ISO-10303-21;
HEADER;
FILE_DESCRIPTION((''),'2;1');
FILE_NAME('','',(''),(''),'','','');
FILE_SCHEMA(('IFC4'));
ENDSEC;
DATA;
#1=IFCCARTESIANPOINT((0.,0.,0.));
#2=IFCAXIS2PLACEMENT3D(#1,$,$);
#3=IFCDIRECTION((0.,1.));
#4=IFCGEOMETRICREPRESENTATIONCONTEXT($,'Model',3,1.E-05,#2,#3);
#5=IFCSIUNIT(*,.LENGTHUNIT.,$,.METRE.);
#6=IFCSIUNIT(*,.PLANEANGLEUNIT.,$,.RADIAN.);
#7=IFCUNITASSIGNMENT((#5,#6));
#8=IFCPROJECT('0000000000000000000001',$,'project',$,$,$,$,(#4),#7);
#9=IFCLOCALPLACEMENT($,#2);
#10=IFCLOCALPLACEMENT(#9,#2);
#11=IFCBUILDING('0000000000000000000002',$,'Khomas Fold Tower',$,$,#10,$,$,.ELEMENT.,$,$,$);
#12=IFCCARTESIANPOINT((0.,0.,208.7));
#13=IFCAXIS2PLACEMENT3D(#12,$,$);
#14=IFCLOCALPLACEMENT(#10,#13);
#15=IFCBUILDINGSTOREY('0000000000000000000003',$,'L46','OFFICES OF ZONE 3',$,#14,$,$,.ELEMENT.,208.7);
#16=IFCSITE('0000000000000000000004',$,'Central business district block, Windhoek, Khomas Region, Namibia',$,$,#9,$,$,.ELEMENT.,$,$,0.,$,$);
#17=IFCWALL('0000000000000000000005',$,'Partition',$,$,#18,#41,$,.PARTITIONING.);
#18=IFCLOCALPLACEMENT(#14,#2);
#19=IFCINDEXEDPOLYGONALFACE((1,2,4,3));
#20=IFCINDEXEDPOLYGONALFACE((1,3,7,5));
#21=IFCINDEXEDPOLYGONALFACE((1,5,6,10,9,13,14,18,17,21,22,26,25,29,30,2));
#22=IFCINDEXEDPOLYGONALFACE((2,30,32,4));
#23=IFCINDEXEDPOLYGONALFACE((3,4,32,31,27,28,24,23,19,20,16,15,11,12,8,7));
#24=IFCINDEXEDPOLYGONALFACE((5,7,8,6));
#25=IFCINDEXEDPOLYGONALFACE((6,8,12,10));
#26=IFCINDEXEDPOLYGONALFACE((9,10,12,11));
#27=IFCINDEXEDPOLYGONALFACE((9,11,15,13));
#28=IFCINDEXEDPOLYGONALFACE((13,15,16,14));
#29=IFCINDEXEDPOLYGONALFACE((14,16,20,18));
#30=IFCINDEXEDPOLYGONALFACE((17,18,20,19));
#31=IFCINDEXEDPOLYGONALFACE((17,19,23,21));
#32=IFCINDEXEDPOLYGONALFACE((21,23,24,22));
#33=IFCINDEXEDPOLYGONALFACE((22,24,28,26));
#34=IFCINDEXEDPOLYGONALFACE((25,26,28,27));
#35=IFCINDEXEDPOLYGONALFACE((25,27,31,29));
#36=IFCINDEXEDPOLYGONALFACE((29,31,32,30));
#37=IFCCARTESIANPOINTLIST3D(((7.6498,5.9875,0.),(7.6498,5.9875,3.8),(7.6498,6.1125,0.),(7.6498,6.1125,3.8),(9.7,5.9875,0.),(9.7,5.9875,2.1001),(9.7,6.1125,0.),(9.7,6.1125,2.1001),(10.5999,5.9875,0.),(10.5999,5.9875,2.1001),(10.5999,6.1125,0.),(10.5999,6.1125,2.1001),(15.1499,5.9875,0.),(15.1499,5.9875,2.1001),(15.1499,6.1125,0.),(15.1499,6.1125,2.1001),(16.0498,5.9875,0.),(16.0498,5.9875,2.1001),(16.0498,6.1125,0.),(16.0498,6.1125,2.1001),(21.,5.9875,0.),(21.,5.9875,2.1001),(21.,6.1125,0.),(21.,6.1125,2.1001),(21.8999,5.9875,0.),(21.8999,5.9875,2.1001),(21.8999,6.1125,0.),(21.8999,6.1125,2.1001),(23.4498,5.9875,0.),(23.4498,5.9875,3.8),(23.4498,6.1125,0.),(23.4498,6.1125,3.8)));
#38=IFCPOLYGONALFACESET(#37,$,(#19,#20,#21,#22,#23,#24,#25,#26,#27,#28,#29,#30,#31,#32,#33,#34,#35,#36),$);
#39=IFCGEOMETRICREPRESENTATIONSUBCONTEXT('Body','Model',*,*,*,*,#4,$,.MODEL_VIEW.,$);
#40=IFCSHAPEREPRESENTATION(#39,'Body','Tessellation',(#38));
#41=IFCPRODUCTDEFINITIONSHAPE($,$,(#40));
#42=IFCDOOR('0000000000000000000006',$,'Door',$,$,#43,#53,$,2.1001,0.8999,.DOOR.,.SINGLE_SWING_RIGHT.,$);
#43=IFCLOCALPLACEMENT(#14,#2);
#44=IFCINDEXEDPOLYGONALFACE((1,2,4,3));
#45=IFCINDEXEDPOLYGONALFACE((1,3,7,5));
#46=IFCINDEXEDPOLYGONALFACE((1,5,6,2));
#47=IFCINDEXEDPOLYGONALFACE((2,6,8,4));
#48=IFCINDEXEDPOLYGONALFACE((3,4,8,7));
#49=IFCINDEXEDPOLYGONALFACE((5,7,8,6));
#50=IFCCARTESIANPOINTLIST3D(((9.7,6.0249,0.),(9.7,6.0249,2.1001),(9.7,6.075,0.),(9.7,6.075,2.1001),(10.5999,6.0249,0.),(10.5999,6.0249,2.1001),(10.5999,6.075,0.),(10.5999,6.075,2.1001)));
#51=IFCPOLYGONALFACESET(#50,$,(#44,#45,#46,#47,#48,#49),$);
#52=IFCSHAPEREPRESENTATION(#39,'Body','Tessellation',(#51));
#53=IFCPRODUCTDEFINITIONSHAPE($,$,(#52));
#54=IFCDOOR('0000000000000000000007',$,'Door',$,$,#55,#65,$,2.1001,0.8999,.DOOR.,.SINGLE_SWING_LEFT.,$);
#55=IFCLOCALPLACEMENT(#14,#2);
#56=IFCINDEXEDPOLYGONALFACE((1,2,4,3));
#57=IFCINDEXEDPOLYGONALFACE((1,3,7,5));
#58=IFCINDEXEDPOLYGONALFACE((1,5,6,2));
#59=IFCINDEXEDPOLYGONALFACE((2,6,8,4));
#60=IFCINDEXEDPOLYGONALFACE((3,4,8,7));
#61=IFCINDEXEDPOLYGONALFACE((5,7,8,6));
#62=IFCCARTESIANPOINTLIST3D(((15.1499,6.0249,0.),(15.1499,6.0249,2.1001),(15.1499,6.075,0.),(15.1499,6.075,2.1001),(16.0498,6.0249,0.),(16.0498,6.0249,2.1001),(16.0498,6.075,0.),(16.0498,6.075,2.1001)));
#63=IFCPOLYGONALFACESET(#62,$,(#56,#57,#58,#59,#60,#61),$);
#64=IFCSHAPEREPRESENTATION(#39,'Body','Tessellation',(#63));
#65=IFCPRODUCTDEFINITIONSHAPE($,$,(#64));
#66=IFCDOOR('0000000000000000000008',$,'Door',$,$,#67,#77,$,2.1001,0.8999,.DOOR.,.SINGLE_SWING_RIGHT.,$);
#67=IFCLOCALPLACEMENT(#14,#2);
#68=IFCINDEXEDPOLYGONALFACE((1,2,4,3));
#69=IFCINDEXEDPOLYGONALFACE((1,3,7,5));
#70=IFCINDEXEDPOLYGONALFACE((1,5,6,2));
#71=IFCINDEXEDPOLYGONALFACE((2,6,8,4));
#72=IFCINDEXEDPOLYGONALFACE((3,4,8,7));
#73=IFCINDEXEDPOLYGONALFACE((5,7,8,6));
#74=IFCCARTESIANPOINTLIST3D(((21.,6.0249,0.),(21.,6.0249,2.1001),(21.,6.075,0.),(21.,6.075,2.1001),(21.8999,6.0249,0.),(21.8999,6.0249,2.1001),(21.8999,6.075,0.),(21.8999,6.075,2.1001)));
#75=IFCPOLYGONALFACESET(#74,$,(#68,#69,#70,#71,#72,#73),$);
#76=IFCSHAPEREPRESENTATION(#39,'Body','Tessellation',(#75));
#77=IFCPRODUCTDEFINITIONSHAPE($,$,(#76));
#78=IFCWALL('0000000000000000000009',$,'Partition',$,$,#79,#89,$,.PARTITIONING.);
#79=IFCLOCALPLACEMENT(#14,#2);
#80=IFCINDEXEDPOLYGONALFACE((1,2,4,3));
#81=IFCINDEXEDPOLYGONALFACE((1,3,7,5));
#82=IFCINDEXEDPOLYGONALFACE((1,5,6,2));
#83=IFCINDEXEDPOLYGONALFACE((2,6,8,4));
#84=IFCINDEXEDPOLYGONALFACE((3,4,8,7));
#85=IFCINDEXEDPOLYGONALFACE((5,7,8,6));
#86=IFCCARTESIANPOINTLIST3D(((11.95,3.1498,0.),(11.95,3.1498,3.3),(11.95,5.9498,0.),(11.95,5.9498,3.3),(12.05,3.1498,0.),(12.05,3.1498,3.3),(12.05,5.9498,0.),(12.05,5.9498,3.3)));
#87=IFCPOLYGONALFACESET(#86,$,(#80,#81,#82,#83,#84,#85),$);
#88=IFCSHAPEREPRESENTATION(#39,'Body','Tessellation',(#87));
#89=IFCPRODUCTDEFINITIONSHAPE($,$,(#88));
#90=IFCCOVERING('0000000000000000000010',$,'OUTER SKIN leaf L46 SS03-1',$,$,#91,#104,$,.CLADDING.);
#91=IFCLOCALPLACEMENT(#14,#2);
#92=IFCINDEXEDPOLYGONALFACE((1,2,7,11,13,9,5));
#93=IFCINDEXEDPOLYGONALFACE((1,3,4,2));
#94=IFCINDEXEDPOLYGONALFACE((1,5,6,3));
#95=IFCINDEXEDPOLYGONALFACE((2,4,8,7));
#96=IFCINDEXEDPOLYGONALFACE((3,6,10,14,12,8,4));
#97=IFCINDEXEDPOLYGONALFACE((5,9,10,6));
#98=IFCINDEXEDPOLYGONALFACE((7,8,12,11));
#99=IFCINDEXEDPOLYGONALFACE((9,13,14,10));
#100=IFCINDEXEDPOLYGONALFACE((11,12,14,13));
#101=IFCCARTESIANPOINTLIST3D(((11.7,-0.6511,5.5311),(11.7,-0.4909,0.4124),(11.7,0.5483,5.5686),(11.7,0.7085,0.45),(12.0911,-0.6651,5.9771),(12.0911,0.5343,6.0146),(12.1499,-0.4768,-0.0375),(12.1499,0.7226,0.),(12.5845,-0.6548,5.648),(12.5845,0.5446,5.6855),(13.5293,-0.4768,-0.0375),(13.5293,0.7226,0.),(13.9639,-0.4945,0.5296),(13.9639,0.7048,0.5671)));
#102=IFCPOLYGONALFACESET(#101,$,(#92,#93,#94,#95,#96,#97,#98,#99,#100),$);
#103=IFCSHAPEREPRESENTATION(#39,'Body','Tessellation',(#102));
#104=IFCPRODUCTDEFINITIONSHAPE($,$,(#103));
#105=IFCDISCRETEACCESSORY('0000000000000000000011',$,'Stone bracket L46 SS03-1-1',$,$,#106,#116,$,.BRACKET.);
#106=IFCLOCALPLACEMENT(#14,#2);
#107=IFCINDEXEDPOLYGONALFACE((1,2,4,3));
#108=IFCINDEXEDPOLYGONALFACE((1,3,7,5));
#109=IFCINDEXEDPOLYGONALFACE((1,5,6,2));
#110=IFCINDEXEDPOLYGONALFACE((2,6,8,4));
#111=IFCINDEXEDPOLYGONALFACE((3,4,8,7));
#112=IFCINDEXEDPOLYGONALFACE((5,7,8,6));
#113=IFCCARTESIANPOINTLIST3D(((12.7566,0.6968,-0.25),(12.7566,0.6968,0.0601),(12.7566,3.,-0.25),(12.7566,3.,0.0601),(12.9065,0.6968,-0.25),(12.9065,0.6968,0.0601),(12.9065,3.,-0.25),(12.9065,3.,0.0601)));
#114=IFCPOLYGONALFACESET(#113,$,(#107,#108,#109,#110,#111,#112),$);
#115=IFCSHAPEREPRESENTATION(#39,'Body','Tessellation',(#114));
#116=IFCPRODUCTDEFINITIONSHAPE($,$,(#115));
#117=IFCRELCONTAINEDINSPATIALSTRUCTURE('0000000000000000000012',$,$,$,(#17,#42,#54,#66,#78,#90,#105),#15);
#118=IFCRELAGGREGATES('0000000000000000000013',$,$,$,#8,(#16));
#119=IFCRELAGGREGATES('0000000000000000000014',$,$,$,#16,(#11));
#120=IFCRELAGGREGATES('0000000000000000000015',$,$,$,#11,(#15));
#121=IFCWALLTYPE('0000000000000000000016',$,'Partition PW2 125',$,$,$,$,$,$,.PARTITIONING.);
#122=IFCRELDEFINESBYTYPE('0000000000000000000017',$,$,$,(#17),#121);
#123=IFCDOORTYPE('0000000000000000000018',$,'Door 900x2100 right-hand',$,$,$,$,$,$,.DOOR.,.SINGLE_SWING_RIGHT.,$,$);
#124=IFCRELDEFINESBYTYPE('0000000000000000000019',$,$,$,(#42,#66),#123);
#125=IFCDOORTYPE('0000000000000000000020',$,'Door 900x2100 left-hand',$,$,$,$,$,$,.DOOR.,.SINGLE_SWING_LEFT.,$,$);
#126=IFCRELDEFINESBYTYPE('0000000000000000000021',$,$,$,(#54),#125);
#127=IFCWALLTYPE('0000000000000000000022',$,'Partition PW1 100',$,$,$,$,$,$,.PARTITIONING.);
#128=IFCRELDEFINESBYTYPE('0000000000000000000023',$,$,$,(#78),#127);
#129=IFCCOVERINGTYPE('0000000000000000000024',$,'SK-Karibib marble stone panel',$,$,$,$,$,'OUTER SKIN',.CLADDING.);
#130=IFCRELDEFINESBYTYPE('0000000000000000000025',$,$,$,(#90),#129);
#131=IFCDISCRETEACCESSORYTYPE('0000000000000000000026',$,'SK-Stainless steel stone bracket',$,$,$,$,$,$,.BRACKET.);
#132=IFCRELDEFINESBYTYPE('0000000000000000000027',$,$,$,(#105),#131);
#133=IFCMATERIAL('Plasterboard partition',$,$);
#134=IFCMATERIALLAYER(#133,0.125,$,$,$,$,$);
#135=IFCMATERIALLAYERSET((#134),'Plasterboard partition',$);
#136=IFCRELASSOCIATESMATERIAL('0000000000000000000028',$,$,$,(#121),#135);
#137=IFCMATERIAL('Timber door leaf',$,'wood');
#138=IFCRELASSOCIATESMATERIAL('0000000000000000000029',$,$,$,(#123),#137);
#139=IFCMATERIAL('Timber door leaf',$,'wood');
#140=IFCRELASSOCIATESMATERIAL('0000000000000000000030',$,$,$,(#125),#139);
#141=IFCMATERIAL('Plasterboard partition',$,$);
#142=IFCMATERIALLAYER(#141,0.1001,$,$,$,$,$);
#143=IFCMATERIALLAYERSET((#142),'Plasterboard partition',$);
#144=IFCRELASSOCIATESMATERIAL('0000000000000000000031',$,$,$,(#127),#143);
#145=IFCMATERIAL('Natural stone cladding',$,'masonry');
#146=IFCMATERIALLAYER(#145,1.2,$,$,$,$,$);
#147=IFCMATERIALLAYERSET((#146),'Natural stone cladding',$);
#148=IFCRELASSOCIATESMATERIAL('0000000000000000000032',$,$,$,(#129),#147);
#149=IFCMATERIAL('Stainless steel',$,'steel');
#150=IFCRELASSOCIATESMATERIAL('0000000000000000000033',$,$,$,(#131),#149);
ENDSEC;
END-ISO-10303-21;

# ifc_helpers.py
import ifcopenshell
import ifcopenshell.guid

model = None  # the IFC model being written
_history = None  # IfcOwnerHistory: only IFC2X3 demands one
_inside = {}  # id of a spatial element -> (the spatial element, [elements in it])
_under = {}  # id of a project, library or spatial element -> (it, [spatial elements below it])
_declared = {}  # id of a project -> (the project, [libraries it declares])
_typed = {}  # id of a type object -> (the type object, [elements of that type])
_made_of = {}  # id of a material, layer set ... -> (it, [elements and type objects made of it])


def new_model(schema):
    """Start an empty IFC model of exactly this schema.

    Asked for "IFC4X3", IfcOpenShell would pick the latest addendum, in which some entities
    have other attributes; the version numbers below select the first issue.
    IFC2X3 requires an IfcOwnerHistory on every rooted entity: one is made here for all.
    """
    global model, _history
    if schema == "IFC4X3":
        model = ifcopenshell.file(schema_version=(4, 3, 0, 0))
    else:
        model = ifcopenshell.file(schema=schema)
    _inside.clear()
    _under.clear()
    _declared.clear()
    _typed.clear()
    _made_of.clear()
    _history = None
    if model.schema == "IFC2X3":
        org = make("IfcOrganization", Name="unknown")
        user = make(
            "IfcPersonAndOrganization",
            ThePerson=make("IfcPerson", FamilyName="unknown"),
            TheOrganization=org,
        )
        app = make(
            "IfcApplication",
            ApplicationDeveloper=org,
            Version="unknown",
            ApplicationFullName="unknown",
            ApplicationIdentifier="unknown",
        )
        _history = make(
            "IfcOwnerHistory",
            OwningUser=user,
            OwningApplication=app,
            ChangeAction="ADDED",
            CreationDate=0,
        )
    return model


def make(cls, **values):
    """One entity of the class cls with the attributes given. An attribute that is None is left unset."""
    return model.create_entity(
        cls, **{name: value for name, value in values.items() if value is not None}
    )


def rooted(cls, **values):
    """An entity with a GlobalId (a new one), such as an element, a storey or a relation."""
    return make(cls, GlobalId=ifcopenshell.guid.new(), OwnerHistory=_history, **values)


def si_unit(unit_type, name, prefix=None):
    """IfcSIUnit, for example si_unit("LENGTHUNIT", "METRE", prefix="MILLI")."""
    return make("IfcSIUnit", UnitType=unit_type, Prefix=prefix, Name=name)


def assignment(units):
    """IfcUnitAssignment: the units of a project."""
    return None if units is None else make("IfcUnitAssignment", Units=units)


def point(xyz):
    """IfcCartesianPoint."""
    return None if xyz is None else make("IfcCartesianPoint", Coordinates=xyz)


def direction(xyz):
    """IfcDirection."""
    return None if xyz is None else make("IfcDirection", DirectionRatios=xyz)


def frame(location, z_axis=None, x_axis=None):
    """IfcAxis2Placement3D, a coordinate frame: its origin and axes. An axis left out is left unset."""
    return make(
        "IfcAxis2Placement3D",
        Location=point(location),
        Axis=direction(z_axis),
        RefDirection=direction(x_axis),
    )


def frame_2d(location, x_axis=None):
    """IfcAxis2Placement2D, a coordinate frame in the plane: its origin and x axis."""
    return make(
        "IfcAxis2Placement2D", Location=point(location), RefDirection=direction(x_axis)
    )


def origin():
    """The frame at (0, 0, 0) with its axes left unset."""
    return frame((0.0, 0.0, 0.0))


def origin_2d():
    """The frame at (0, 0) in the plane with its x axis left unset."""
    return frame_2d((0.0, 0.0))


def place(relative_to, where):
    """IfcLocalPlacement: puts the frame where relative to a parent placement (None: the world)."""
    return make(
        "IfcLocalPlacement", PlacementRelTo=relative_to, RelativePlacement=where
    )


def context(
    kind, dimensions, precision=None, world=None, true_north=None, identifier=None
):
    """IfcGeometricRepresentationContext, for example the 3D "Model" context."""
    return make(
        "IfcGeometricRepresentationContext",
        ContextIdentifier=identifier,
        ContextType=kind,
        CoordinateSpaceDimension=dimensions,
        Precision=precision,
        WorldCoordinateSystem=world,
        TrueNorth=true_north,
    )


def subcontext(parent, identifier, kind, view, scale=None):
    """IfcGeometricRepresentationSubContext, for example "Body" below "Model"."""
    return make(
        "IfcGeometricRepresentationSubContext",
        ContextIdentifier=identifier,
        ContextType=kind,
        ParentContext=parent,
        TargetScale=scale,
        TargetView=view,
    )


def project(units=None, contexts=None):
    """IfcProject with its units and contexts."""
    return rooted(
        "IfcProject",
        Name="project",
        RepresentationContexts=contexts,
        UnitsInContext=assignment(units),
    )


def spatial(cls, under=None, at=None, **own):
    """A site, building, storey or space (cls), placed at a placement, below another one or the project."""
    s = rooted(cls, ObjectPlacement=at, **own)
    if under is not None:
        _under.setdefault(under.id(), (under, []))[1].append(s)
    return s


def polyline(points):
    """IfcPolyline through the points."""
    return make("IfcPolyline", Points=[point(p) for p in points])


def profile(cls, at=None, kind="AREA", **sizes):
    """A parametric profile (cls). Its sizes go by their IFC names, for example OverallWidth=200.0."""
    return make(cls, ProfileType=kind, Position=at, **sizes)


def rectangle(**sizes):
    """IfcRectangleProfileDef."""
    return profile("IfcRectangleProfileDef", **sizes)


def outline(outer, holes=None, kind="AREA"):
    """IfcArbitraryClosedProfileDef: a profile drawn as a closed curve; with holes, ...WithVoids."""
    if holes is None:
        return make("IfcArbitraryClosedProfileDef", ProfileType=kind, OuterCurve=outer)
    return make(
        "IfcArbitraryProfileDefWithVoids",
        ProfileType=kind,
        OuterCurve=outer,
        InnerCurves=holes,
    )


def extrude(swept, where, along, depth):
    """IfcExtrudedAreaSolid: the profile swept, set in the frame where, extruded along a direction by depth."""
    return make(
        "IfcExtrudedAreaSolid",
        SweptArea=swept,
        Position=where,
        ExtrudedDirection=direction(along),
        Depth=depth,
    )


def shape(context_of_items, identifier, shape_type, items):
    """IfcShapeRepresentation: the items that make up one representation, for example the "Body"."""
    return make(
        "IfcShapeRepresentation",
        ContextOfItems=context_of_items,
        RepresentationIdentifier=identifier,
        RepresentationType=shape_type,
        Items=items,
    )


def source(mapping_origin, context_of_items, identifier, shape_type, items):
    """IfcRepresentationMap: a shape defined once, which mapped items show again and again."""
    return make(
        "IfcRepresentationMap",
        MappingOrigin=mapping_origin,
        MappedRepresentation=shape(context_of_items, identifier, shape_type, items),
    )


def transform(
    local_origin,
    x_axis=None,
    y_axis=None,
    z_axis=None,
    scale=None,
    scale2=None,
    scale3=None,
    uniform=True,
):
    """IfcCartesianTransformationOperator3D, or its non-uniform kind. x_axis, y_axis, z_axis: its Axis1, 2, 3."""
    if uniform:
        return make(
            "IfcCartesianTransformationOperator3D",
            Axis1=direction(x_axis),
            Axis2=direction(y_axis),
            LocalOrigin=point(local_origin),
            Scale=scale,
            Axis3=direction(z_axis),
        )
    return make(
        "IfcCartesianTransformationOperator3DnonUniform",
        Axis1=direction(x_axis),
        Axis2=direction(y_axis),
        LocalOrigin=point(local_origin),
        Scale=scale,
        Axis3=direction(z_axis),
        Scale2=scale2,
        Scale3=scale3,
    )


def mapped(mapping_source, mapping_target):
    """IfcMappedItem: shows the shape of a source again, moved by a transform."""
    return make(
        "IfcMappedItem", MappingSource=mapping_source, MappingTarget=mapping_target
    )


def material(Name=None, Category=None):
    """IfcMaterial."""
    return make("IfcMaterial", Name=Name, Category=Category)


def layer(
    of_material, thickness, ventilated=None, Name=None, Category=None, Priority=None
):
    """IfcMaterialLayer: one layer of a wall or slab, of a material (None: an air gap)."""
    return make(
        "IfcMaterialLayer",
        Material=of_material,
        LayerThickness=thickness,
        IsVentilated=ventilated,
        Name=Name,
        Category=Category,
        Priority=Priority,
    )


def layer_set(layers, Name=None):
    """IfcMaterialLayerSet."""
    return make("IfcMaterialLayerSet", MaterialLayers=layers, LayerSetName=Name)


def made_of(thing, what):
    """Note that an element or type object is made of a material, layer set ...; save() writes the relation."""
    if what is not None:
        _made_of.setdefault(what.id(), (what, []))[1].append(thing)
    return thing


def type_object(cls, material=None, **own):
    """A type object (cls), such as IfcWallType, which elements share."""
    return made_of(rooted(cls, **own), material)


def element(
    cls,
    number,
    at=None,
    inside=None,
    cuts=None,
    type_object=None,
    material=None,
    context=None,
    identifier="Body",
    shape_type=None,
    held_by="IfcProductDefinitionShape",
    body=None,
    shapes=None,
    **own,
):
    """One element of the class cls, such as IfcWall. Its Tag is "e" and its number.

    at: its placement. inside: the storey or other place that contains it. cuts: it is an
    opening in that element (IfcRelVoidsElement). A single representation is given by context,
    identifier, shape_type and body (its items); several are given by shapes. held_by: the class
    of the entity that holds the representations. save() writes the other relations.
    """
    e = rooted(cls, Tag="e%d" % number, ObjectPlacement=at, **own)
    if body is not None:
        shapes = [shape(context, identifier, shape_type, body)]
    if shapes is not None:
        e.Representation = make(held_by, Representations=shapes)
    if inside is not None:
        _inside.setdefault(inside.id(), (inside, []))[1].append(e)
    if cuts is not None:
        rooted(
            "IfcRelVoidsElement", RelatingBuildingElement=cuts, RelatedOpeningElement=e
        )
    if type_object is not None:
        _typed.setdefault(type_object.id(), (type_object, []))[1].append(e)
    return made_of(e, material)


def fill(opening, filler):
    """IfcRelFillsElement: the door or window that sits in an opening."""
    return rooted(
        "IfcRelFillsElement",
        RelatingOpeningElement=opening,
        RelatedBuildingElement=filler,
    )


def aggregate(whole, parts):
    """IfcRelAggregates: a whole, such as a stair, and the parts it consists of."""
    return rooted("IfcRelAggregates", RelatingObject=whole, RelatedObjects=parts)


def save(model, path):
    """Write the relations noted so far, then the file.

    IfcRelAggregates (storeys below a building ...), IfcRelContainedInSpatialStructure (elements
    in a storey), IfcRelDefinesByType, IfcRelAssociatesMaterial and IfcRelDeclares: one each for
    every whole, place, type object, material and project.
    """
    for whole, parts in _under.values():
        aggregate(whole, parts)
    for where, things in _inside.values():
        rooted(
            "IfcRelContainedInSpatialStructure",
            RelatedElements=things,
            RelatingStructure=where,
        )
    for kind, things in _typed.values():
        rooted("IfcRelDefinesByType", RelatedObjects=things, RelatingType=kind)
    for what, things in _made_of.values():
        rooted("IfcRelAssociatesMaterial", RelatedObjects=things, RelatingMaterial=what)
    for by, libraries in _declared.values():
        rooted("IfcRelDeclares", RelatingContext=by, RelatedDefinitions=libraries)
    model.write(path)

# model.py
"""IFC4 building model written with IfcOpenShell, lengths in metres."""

from ifc_helpers import new_model, si_unit, direction, frame, frame_2d, origin, origin_2d, place, context, subcontext, project, spatial, polyline, rectangle, outline, extrude, source, transform, mapped, material, layer, layer_set, type_object, element, fill, save


model = new_model("IFC4")

# Units and contexts
model_context = context("Model", 3, precision=1e-05, world=origin(), true_north=direction((0.0, 1.0)))
body_context = subcontext(model_context, "Body", "Model", "MODEL_VIEW")
ifc_project = project(units=[si_unit("LENGTHUNIT", "METRE"), si_unit("PLANEANGLEUNIT", "RADIAN")], contexts=[model_context])

# Site, building, storey
site_placement = place(None, origin())
site = spatial("IfcSite", under=ifc_project, at=site_placement, Name="Central business district block, Windhoek, Khomas Region, Namibia", CompositionType="ELEMENT", RefElevation=0.0)
building_placement = place(site_placement, origin())
building = spatial("IfcBuilding", under=site, at=building_placement, Name="Khomas Fold Tower", CompositionType="ELEMENT")
storey_placement = place(building_placement, frame((0.0, 0.0, 208.7)))
storey = spatial("IfcBuildingStorey", under=building, at=storey_placement, Name="L46", Description="OFFICES OF ZONE 3", CompositionType="ELEMENT", Elevation=208.7)

# Wall, openings, doors
ifc_material_1 = material(Name="Plasterboard partition")
ifc_layer_1 = layer(ifc_material_1, 0.125)
ifc_layer_set_1 = layer_set([ifc_layer_1], Name="Plasterboard partition")
wall_type_1 = type_object("IfcWallType", Name="Partition PW2 125", PredefinedType="PARTITIONING", material=ifc_layer_set_1)
shared_shape_1 = source(origin(), body_context, "Body", "SweptSolid", [
    extrude(rectangle(XDim=15.8, YDim=0.125, at=frame_2d((7.8999, 0.0))), origin(), (0.0, 0.0, 1.0), 3.8),
])
wall_1_placement = place(storey_placement, frame((7.6499, 6.05, 0.0), z_axis=(0.0, 0.0, 1.0), x_axis=(1.0, 0.0, 0.0)))
wall_1 = element("IfcWall", 1, at=wall_1_placement, inside=storey, type_object=wall_type_1, Name="Partition", PredefinedType="PARTITIONING", context=body_context, shape_type="MappedRepresentation", body=[
    mapped(shared_shape_1, transform((0.0, 0.0, 0.0))),
])
shared_shape_2 = source(origin(), body_context, "Body", "SweptSolid", [
    extrude(rectangle(XDim=0.8999, YDim=2.1001, at=frame_2d((0.45, 1.05))), frame((0.0, 0.0725, 0.0), z_axis=(0.0, -1.0, 0.0), x_axis=(1.0, 0.0, 0.0)), (0.0, 0.0, 1.0), 0.145),
])
opening_1_placement = place(wall_1_placement, frame((2.05, 0.0, 0.0)))
opening_1 = element("IfcOpeningElement", 2, at=opening_1_placement, cuts=wall_1, PredefinedType="OPENING", context=body_context, shape_type="MappedRepresentation", body=[
    mapped(shared_shape_2, transform((0.0, 0.0, 0.0))),
])
opening_2_placement = place(wall_1_placement, frame((7.5, 0.0, 0.0)))
opening_2 = element("IfcOpeningElement", 3, at=opening_2_placement, cuts=wall_1, PredefinedType="OPENING", context=body_context, shape_type="MappedRepresentation", body=[
    mapped(shared_shape_2, transform((0.0, 0.0, 0.0))),
])
opening_3_placement = place(wall_1_placement, frame((13.3501, 0.0, 0.0)))
opening_3 = element("IfcOpeningElement", 4, at=opening_3_placement, cuts=wall_1, PredefinedType="OPENING", context=body_context, shape_type="MappedRepresentation", body=[
    mapped(shared_shape_2, transform((0.0, 0.0, 0.0))),
])
ifc_material_2 = material(Name="Timber door leaf", Category="wood")
door_type_1 = type_object("IfcDoorType", Name="Door 900x2100 right-hand", OperationType="SINGLE_SWING_RIGHT", PredefinedType="DOOR", material=ifc_material_2)
shared_shape_3 = source(origin(), body_context, "Body", "SweptSolid", [
    extrude(rectangle(XDim=0.8999, YDim=2.1001, at=frame_2d((0.45, 1.05))), frame((0.0, 0.0249, 0.0), z_axis=(0.0, -1.0, 0.0), x_axis=(1.0, 0.0, 0.0)), (0.0, 0.0, 1.0), 0.05),
])
door_1_placement = place(opening_1_placement, origin())
door_1 = element("IfcDoor", 5, at=door_1_placement, inside=storey, type_object=door_type_1, Name="Door", OperationType="SINGLE_SWING_RIGHT", OverallHeight=2.1001, OverallWidth=0.8999, PredefinedType="DOOR", context=body_context, shape_type="MappedRepresentation", body=[
    mapped(shared_shape_3, transform((0.0, 0.0, 0.0))),
])
fill(opening_1, door_1)
ifc_material_3 = material(Name="Timber door leaf", Category="wood")
door_type_2 = type_object("IfcDoorType", Name="Door 900x2100 left-hand", OperationType="SINGLE_SWING_LEFT", PredefinedType="DOOR", material=ifc_material_3)
door_2_placement = place(opening_2_placement, origin())
door_2 = element("IfcDoor", 6, at=door_2_placement, inside=storey, type_object=door_type_2, Name="Door", OperationType="SINGLE_SWING_LEFT", OverallHeight=2.1001, OverallWidth=0.8999, PredefinedType="DOOR", context=body_context, shape_type="MappedRepresentation", body=[
    mapped(shared_shape_3, transform((0.0, 0.0, 0.0))),
])
fill(opening_2, door_2)
door_3_placement = place(opening_3_placement, origin())
door_3 = element("IfcDoor", 7, at=door_3_placement, inside=storey, type_object=door_type_1, Name="Door", OperationType="SINGLE_SWING_RIGHT", OverallHeight=2.1001, OverallWidth=0.8999, PredefinedType="DOOR", context=body_context, shape_type="MappedRepresentation", body=[
    mapped(shared_shape_3, transform((0.0, 0.0, 0.0))),
])
fill(opening_3, door_3)

# Wall
ifc_material_4 = material(Name="Plasterboard partition")
ifc_layer_2 = layer(ifc_material_4, 0.1001)
ifc_layer_set_2 = layer_set([ifc_layer_2], Name="Plasterboard partition")
wall_type_2 = type_object("IfcWallType", Name="Partition PW1 100", PredefinedType="PARTITIONING", material=ifc_layer_set_2)
shared_shape_4 = source(origin(), body_context, "Body", "SweptSolid", [
    extrude(rectangle(XDim=2.8, YDim=0.1001, at=frame_2d((1.3999, 0.0))), origin(), (0.0, 0.0, 1.0), 3.3),
])
wall_2_placement = place(storey_placement, frame((12.0, 3.1499, 0.0), z_axis=(0.0, 0.0, 1.0), x_axis=(0.0, 1.0, 0.0)))
element("IfcWall", 8, at=wall_2_placement, inside=storey, type_object=wall_type_2, Name="Partition", PredefinedType="PARTITIONING", context=body_context, shape_type="MappedRepresentation", body=[
    mapped(shared_shape_4, transform((0.0, 0.0, 0.0))),
])

# Covering
ifc_material_5 = material(Name="Natural stone cladding", Category="masonry")
ifc_layer_3 = layer(ifc_material_5, 1.2)
ifc_layer_set_3 = layer_set([ifc_layer_3], Name="Natural stone cladding")
covering_type = type_object("IfcCoveringType", Name="SK-Karibib marble stone panel", ElementType="OUTER SKIN", PredefinedType="CLADDING", material=ifc_layer_set_3)
covering_placement = place(storey_placement, frame((11.7, 0.7085, 0.45), z_axis=(-0.000001, 0.99951, 0.031288), x_axis=(0.0, -0.031288, 0.99951)))
element("IfcCovering", 9, at=covering_placement, inside=storey, type_object=covering_type, Name="OUTER SKIN leaf L46 SS03-1", PredefinedType="CLADDING", context=body_context, shape_type="SweptSolid", body=[
    extrude(outline(polyline([(0.0, 0.0), (5.1212, 0.0), (5.5674, 0.3911), (5.2382, 0.8845), (0.1172, 2.2639), (-0.4502, 1.8293), (-0.4502, 0.45), (0.0, 0.0)])), origin(), (0.0, 0.0, -1.0), 1.2),
])

# Discrete accessory
ifc_material_6 = material(Name="Stainless steel", Category="steel")
discrete_accessory_type = type_object("IfcDiscreteAccessoryType", Name="SK-Stainless steel stone bracket", PredefinedType="BRACKET", material=ifc_material_6)
shared_shape_5 = source(origin(), body_context, "Body", "SweptSolid", [
    extrude(rectangle(XDim=2.3032, YDim=0.1499, at=origin_2d()), origin(), (0.0, 0.0, 1.0), 0.3101),
])
discrete_accessory_placement = place(storey_placement, frame((12.8315, 1.8484, -0.25), z_axis=(0.0, 0.0, 1.0), x_axis=(0.0, -1.0, 0.0)))
element("IfcDiscreteAccessory", 10, at=discrete_accessory_placement, inside=storey, type_object=discrete_accessory_type, Name="Stone bracket L46 SS03-1-1", PredefinedType="BRACKET", context=body_context, shape_type="MappedRepresentation", body=[
    mapped(shared_shape_5, transform((0.0, 0.0, 0.0))),
])

save(model, "model.ifc")
